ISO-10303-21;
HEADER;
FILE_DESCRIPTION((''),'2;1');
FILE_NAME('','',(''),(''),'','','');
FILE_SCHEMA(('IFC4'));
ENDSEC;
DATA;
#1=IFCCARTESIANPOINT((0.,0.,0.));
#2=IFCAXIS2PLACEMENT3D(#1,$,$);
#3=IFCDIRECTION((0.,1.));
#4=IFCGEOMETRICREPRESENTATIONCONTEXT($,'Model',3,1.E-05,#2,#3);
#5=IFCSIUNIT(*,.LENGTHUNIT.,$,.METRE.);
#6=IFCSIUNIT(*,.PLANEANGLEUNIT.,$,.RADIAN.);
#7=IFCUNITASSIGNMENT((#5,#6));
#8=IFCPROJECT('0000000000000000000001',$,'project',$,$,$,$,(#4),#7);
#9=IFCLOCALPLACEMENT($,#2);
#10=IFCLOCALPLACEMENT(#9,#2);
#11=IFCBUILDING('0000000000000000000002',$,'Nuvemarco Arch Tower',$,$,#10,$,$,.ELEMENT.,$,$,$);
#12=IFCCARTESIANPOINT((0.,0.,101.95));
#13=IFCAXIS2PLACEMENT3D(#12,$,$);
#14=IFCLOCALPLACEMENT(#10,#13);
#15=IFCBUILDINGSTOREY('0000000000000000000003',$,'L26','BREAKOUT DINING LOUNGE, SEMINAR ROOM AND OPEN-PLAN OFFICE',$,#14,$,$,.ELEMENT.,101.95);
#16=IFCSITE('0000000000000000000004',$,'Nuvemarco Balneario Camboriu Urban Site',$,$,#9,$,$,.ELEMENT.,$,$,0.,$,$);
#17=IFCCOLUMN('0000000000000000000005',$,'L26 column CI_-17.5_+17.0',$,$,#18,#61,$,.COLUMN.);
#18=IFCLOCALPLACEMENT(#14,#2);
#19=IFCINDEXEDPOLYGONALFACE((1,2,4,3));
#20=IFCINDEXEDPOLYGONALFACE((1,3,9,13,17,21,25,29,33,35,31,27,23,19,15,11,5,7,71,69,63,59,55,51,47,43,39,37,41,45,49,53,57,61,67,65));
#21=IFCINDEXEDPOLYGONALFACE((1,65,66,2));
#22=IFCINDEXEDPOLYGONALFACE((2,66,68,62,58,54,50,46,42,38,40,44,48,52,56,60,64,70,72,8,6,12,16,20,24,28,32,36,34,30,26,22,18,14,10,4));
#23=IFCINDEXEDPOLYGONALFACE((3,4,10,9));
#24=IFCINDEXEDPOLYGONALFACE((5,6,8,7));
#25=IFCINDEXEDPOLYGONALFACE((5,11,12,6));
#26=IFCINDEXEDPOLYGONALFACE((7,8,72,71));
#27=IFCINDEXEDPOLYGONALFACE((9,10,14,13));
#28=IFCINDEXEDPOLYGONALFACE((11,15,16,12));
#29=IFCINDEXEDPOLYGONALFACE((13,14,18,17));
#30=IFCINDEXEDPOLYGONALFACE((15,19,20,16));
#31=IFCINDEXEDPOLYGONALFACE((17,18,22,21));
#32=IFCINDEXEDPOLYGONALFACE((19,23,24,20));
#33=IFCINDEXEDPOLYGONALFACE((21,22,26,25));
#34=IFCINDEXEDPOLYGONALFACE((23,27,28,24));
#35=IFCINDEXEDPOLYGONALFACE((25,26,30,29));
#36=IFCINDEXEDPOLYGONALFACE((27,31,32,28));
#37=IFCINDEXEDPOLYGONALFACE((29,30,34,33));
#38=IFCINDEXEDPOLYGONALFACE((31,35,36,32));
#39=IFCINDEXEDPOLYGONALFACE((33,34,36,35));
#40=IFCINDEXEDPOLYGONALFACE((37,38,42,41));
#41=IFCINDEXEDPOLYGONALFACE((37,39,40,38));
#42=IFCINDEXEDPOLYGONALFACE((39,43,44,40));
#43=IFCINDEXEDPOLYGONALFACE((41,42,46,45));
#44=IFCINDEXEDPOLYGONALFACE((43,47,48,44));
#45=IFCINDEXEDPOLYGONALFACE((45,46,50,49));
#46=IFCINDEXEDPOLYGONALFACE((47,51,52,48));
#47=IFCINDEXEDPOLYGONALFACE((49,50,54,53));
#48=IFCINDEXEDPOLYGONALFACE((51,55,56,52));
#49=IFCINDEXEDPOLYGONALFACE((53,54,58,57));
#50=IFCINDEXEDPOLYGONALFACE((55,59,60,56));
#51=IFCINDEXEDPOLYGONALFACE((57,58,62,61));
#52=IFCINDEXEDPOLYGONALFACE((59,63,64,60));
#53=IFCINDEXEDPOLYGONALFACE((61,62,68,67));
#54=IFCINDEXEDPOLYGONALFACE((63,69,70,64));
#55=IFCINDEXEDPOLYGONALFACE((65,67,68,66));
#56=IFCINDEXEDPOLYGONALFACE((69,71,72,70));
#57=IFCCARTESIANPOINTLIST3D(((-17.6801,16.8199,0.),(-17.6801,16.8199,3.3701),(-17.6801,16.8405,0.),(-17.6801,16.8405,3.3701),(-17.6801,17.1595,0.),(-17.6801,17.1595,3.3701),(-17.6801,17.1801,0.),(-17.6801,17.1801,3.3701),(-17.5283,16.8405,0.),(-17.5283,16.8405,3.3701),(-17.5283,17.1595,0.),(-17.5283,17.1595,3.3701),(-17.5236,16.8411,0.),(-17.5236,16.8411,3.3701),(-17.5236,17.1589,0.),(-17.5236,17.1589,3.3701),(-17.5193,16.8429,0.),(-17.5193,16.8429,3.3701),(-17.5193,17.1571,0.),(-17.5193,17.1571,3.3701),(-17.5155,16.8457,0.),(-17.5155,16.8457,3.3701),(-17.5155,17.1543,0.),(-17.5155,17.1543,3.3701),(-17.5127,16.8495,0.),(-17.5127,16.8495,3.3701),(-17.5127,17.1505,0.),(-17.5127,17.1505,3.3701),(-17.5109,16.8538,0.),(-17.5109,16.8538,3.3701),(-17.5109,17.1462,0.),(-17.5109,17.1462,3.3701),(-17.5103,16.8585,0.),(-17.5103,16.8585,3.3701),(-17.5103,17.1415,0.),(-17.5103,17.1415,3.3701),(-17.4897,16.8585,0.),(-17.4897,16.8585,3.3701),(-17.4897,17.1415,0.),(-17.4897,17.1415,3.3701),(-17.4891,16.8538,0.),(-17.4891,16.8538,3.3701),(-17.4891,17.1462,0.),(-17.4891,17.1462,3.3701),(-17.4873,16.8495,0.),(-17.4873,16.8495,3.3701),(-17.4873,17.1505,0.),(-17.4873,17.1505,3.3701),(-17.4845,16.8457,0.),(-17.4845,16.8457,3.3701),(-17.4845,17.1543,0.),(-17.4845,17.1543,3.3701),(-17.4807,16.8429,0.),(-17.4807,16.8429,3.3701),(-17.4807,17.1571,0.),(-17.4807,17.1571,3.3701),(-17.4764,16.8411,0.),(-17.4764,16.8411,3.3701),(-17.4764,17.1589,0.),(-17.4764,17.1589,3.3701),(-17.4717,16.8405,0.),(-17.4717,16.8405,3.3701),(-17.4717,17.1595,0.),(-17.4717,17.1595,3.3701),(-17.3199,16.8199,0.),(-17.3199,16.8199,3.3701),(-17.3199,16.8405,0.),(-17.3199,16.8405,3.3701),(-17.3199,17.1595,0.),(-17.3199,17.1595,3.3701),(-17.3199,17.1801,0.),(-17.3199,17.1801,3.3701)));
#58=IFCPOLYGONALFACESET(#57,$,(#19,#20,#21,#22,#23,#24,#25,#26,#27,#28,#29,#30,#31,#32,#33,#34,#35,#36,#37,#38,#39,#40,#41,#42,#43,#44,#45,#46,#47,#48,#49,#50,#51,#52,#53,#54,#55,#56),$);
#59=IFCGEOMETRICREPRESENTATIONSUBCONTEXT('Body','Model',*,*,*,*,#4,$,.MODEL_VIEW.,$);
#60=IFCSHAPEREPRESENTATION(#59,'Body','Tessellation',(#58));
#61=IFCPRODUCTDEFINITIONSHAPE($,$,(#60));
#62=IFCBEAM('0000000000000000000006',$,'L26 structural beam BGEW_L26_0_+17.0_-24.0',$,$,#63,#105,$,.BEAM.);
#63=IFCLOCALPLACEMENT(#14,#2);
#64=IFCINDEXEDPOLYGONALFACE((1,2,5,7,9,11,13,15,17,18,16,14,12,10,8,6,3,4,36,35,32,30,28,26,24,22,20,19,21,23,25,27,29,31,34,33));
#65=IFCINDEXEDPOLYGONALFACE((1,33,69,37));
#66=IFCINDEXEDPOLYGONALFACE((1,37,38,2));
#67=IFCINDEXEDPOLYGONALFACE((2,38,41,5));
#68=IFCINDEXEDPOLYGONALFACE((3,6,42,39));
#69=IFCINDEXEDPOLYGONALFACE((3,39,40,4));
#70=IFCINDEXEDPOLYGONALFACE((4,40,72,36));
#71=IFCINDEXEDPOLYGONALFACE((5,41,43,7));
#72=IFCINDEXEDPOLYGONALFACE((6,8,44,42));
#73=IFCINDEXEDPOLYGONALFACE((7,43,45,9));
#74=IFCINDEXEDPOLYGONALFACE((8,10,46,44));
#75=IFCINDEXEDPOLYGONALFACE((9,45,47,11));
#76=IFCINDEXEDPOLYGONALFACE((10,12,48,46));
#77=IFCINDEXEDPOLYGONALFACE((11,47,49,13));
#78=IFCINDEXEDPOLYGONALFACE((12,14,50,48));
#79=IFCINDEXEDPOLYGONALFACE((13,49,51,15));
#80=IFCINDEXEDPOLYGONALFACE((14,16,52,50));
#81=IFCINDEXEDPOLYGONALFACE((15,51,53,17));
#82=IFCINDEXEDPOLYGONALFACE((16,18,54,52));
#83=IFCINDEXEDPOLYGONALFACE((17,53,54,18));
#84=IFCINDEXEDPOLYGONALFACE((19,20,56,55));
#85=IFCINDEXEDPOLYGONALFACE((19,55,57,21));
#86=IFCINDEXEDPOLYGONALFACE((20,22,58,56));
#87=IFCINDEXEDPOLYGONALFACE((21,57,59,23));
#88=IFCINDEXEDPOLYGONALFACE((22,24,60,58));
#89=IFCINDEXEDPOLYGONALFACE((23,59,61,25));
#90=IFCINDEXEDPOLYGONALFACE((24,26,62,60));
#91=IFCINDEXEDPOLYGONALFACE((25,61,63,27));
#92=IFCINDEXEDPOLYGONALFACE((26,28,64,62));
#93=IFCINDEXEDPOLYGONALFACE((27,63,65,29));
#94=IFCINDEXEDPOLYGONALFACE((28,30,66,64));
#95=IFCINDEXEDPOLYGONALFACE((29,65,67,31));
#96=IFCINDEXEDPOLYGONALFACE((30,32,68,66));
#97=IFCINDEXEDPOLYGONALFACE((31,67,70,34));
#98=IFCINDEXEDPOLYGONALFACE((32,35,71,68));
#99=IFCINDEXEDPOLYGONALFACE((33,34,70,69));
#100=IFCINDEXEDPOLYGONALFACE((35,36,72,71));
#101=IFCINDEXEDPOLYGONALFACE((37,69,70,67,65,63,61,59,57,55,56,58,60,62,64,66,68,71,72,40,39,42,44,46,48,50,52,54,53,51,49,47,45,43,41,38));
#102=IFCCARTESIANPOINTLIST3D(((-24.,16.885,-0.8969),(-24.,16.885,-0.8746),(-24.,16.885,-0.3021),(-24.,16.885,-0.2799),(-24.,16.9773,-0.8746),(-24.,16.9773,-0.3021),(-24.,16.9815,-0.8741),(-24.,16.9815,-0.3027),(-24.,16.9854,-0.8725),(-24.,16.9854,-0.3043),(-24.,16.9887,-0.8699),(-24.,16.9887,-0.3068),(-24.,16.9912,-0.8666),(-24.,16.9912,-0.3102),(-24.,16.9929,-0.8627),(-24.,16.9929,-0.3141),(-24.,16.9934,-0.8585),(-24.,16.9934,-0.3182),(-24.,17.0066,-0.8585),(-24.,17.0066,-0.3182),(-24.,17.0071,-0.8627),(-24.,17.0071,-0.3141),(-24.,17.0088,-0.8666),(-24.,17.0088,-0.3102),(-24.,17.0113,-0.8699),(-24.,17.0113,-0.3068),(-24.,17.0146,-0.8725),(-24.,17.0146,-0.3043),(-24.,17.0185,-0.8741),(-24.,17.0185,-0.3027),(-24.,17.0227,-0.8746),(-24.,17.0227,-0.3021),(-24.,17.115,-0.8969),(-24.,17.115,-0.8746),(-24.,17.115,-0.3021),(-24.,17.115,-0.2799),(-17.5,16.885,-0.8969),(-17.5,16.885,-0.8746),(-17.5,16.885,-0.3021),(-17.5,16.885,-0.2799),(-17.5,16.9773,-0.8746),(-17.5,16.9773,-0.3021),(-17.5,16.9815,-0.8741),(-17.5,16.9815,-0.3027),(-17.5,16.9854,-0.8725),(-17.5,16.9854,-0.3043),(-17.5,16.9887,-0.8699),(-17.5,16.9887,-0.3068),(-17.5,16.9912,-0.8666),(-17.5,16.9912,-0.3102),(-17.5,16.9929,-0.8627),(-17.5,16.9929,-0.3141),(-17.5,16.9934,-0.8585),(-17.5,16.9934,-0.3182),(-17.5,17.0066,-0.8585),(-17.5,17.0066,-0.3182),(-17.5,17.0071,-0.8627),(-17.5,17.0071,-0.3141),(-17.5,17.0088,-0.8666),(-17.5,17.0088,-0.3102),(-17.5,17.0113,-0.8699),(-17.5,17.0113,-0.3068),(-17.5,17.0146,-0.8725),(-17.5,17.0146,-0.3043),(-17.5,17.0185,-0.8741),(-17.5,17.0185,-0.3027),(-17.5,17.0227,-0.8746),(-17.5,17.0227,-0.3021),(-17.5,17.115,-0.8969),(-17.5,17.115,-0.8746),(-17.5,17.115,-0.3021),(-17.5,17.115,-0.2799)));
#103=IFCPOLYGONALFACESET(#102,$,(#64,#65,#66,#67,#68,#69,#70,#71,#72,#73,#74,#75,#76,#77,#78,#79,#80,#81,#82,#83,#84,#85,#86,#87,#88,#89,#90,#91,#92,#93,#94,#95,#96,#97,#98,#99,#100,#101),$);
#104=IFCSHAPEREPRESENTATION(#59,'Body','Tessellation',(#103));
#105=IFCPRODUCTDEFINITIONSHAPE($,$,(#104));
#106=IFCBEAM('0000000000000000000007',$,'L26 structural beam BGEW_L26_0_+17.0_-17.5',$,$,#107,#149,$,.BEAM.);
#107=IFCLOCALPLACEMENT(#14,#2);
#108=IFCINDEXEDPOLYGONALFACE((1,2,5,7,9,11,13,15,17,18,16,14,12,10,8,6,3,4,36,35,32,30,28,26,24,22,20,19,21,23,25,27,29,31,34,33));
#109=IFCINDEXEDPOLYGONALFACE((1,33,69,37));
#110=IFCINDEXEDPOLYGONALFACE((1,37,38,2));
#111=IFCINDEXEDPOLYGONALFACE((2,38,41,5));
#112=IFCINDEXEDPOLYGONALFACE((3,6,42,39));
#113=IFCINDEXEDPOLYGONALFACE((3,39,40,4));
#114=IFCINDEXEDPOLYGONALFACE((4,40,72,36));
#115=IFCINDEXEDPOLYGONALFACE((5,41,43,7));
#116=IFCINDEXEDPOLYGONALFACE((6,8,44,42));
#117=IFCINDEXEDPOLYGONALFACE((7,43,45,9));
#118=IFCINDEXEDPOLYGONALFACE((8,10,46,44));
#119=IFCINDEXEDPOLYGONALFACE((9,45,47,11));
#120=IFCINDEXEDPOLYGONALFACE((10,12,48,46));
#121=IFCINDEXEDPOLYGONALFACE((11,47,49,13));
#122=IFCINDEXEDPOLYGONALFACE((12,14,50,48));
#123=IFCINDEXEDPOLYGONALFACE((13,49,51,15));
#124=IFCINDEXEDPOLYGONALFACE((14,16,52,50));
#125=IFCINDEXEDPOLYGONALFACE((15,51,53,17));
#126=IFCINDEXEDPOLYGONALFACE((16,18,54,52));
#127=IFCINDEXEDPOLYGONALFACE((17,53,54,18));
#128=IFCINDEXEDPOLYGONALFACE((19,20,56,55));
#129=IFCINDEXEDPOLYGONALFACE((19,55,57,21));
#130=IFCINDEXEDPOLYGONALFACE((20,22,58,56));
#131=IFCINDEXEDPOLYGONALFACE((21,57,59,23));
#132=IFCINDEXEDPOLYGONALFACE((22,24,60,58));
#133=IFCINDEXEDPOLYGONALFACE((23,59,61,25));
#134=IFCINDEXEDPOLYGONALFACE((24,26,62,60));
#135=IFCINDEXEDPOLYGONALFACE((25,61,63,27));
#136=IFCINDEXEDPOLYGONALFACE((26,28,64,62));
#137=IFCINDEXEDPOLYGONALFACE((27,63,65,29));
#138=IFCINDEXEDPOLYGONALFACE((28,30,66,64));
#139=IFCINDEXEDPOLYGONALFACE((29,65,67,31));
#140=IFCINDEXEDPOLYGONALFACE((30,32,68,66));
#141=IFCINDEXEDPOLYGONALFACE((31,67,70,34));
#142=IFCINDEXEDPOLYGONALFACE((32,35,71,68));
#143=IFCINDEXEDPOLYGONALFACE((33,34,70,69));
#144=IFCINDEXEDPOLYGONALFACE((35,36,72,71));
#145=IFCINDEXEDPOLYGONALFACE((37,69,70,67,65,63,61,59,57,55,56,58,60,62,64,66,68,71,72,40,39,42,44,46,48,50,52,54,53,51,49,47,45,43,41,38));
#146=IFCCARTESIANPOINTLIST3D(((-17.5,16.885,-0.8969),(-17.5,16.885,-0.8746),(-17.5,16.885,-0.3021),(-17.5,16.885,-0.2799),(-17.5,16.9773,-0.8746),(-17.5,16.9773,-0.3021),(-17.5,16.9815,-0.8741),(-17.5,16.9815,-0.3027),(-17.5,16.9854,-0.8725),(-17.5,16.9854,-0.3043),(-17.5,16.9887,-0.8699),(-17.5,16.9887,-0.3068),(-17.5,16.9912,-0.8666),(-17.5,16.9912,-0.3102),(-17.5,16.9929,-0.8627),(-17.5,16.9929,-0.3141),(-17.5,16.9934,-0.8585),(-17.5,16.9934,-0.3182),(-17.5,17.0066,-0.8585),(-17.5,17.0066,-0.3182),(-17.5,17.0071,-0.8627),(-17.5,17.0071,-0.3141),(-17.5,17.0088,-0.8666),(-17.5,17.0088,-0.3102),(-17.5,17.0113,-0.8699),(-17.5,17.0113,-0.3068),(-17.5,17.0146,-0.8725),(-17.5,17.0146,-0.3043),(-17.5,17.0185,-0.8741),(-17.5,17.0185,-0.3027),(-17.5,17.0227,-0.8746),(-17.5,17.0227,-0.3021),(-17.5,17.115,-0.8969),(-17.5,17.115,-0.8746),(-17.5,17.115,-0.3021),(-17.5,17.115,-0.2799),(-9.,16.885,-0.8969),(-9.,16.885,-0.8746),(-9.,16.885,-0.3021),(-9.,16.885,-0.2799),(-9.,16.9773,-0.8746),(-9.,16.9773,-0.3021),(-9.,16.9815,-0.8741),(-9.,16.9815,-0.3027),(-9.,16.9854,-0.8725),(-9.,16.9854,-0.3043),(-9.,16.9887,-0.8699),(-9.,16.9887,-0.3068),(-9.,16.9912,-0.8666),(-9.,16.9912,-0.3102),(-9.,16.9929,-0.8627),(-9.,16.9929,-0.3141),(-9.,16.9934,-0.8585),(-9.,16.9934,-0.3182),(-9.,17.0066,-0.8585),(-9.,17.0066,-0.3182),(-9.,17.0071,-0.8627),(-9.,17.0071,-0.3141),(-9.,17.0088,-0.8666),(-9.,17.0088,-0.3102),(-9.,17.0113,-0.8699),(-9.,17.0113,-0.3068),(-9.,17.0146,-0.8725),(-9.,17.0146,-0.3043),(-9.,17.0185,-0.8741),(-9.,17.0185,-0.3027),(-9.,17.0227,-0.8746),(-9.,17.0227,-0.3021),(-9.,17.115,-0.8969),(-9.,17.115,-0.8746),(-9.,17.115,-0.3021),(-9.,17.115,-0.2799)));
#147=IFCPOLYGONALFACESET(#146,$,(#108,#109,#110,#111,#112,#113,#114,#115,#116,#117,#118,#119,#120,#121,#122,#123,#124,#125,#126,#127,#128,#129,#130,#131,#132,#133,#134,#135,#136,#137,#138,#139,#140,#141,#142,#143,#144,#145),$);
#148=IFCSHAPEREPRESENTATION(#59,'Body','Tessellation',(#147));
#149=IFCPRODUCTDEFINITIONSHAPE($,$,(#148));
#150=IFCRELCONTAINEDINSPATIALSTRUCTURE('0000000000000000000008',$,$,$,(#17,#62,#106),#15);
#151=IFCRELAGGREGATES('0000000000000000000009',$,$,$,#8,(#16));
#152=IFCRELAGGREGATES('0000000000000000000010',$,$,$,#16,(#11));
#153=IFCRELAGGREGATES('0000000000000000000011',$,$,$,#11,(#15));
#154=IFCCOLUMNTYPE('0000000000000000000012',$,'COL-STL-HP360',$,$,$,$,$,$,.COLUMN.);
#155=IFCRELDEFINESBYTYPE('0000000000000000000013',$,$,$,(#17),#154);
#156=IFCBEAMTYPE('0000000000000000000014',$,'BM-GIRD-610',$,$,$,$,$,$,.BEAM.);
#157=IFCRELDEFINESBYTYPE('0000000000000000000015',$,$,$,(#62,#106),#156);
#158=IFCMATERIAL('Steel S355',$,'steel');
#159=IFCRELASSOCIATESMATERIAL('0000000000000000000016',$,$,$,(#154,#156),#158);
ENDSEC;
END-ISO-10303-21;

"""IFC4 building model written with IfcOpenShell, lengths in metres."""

from ifc_helpers import new_model, si_unit, direction, frame, origin, origin_2d, place, context, subcontext, project, spatial, i_section, extrude, material, material_profile, profile_set, type_object, element, save


model = new_model("IFC4")

# Units and contexts
model_context = context("Model", 3, precision=1e-05, world=origin(), true_north=direction((0.0, 1.0)))
body_context = subcontext(model_context, "Body", "Model", "MODEL_VIEW")
ifc_project = project(units=[si_unit("LENGTHUNIT", "METRE"), si_unit("PLANEANGLEUNIT", "RADIAN")], contexts=[model_context])

# Site, building, storey
site_placement = place(None, origin())
site = spatial("IfcSite", under=ifc_project, at=site_placement, Name="Nuvemarco Balneario Camboriu Urban Site", CompositionType="ELEMENT", RefElevation=0.0)
building_placement = place(site_placement, origin())
building = spatial("IfcBuilding", under=site, at=building_placement, Name="Nuvemarco Arch Tower", CompositionType="ELEMENT")
storey_placement = place(building_placement, frame((0.0, 0.0, 101.95)))
storey = spatial("IfcBuildingStorey", under=building, at=storey_placement, Name="L26", Description="BREAKOUT DINING LOUNGE, SEMINAR ROOM AND OPEN-PLAN OFFICE", CompositionType="ELEMENT", Elevation=101.95)

# Column
ifc_material_1 = material(Name="Steel S355", Category="steel")
ifc_material_profile_1 = material_profile(ifc_material_1, i_section(OverallWidth=0.3601, OverallDepth=0.3601, WebThickness=0.0205, FlangeThickness=0.0205, FilletRadius=0.0181, at=origin_2d()), Name="HP360x174")
ifc_profile_set_1 = profile_set([ifc_material_profile_1], Name="Steel S355")
column_type = type_object("IfcColumnType", Name="COL-STL-HP360", PredefinedType="COLUMN", material=ifc_profile_set_1)
column_placement = place(storey_placement, frame((-17.5, 17.0, 0.0), z_axis=(0.0, 0.0, 1.0), x_axis=(1.0, 0.0, 0.0)))
element("IfcColumn", 1, at=column_placement, inside=storey, type_object=column_type, Name="L26 column CI_-17.5_+17.0", PredefinedType="COLUMN", context=body_context, shape_type="SweptSolid", body=[
    extrude(i_section(OverallWidth=0.3601, OverallDepth=0.3601, WebThickness=0.0205, FlangeThickness=0.0205, FilletRadius=0.0181, at=origin_2d()), origin(), (0.0, 0.0, 1.0), 3.3701),
])

# Beams
ifc_material_profile_2 = material_profile(ifc_material_1, i_section(OverallWidth=0.23, OverallDepth=0.6169, WebThickness=0.0132, FlangeThickness=0.0222, FilletRadius=0.0161, at=origin_2d()), Name="W610x140")
ifc_profile_set_2 = profile_set([ifc_material_profile_2], Name="Steel S355")
beam_type = type_object("IfcBeamType", Name="BM-GIRD-610", PredefinedType="BEAM", material=ifc_profile_set_2)
beam_1_placement = place(storey_placement, frame((-24.0, 17.0, -0.5884), z_axis=(1.0, 0.0, 0.0), x_axis=(0.0, 1.0, 0.0)))
element("IfcBeam", 2, at=beam_1_placement, inside=storey, type_object=beam_type, Name="L26 structural beam BGEW_L26_0_+17.0_-24.0", PredefinedType="BEAM", context=body_context, shape_type="SweptSolid", body=[
    extrude(i_section(OverallWidth=0.23, OverallDepth=0.6169, WebThickness=0.0132, FlangeThickness=0.0222, FilletRadius=0.0161, at=origin_2d()), origin(), (0.0, 0.0, 1.0), 6.5),
])
beam_2_placement = place(storey_placement, frame((-17.5, 17.0, -0.5884), z_axis=(1.0, 0.0, 0.0), x_axis=(0.0, 1.0, 0.0)))
element("IfcBeam", 3, at=beam_2_placement, inside=storey, type_object=beam_type, Name="L26 structural beam BGEW_L26_0_+17.0_-17.5", PredefinedType="BEAM", context=body_context, shape_type="SweptSolid", body=[
    extrude(i_section(OverallWidth=0.23, OverallDepth=0.6169, WebThickness=0.0132, FlangeThickness=0.0222, FilletRadius=0.0161, at=origin_2d()), origin(), (0.0, 0.0, 1.0), 8.5),
])

save(model, "model.ifc")
